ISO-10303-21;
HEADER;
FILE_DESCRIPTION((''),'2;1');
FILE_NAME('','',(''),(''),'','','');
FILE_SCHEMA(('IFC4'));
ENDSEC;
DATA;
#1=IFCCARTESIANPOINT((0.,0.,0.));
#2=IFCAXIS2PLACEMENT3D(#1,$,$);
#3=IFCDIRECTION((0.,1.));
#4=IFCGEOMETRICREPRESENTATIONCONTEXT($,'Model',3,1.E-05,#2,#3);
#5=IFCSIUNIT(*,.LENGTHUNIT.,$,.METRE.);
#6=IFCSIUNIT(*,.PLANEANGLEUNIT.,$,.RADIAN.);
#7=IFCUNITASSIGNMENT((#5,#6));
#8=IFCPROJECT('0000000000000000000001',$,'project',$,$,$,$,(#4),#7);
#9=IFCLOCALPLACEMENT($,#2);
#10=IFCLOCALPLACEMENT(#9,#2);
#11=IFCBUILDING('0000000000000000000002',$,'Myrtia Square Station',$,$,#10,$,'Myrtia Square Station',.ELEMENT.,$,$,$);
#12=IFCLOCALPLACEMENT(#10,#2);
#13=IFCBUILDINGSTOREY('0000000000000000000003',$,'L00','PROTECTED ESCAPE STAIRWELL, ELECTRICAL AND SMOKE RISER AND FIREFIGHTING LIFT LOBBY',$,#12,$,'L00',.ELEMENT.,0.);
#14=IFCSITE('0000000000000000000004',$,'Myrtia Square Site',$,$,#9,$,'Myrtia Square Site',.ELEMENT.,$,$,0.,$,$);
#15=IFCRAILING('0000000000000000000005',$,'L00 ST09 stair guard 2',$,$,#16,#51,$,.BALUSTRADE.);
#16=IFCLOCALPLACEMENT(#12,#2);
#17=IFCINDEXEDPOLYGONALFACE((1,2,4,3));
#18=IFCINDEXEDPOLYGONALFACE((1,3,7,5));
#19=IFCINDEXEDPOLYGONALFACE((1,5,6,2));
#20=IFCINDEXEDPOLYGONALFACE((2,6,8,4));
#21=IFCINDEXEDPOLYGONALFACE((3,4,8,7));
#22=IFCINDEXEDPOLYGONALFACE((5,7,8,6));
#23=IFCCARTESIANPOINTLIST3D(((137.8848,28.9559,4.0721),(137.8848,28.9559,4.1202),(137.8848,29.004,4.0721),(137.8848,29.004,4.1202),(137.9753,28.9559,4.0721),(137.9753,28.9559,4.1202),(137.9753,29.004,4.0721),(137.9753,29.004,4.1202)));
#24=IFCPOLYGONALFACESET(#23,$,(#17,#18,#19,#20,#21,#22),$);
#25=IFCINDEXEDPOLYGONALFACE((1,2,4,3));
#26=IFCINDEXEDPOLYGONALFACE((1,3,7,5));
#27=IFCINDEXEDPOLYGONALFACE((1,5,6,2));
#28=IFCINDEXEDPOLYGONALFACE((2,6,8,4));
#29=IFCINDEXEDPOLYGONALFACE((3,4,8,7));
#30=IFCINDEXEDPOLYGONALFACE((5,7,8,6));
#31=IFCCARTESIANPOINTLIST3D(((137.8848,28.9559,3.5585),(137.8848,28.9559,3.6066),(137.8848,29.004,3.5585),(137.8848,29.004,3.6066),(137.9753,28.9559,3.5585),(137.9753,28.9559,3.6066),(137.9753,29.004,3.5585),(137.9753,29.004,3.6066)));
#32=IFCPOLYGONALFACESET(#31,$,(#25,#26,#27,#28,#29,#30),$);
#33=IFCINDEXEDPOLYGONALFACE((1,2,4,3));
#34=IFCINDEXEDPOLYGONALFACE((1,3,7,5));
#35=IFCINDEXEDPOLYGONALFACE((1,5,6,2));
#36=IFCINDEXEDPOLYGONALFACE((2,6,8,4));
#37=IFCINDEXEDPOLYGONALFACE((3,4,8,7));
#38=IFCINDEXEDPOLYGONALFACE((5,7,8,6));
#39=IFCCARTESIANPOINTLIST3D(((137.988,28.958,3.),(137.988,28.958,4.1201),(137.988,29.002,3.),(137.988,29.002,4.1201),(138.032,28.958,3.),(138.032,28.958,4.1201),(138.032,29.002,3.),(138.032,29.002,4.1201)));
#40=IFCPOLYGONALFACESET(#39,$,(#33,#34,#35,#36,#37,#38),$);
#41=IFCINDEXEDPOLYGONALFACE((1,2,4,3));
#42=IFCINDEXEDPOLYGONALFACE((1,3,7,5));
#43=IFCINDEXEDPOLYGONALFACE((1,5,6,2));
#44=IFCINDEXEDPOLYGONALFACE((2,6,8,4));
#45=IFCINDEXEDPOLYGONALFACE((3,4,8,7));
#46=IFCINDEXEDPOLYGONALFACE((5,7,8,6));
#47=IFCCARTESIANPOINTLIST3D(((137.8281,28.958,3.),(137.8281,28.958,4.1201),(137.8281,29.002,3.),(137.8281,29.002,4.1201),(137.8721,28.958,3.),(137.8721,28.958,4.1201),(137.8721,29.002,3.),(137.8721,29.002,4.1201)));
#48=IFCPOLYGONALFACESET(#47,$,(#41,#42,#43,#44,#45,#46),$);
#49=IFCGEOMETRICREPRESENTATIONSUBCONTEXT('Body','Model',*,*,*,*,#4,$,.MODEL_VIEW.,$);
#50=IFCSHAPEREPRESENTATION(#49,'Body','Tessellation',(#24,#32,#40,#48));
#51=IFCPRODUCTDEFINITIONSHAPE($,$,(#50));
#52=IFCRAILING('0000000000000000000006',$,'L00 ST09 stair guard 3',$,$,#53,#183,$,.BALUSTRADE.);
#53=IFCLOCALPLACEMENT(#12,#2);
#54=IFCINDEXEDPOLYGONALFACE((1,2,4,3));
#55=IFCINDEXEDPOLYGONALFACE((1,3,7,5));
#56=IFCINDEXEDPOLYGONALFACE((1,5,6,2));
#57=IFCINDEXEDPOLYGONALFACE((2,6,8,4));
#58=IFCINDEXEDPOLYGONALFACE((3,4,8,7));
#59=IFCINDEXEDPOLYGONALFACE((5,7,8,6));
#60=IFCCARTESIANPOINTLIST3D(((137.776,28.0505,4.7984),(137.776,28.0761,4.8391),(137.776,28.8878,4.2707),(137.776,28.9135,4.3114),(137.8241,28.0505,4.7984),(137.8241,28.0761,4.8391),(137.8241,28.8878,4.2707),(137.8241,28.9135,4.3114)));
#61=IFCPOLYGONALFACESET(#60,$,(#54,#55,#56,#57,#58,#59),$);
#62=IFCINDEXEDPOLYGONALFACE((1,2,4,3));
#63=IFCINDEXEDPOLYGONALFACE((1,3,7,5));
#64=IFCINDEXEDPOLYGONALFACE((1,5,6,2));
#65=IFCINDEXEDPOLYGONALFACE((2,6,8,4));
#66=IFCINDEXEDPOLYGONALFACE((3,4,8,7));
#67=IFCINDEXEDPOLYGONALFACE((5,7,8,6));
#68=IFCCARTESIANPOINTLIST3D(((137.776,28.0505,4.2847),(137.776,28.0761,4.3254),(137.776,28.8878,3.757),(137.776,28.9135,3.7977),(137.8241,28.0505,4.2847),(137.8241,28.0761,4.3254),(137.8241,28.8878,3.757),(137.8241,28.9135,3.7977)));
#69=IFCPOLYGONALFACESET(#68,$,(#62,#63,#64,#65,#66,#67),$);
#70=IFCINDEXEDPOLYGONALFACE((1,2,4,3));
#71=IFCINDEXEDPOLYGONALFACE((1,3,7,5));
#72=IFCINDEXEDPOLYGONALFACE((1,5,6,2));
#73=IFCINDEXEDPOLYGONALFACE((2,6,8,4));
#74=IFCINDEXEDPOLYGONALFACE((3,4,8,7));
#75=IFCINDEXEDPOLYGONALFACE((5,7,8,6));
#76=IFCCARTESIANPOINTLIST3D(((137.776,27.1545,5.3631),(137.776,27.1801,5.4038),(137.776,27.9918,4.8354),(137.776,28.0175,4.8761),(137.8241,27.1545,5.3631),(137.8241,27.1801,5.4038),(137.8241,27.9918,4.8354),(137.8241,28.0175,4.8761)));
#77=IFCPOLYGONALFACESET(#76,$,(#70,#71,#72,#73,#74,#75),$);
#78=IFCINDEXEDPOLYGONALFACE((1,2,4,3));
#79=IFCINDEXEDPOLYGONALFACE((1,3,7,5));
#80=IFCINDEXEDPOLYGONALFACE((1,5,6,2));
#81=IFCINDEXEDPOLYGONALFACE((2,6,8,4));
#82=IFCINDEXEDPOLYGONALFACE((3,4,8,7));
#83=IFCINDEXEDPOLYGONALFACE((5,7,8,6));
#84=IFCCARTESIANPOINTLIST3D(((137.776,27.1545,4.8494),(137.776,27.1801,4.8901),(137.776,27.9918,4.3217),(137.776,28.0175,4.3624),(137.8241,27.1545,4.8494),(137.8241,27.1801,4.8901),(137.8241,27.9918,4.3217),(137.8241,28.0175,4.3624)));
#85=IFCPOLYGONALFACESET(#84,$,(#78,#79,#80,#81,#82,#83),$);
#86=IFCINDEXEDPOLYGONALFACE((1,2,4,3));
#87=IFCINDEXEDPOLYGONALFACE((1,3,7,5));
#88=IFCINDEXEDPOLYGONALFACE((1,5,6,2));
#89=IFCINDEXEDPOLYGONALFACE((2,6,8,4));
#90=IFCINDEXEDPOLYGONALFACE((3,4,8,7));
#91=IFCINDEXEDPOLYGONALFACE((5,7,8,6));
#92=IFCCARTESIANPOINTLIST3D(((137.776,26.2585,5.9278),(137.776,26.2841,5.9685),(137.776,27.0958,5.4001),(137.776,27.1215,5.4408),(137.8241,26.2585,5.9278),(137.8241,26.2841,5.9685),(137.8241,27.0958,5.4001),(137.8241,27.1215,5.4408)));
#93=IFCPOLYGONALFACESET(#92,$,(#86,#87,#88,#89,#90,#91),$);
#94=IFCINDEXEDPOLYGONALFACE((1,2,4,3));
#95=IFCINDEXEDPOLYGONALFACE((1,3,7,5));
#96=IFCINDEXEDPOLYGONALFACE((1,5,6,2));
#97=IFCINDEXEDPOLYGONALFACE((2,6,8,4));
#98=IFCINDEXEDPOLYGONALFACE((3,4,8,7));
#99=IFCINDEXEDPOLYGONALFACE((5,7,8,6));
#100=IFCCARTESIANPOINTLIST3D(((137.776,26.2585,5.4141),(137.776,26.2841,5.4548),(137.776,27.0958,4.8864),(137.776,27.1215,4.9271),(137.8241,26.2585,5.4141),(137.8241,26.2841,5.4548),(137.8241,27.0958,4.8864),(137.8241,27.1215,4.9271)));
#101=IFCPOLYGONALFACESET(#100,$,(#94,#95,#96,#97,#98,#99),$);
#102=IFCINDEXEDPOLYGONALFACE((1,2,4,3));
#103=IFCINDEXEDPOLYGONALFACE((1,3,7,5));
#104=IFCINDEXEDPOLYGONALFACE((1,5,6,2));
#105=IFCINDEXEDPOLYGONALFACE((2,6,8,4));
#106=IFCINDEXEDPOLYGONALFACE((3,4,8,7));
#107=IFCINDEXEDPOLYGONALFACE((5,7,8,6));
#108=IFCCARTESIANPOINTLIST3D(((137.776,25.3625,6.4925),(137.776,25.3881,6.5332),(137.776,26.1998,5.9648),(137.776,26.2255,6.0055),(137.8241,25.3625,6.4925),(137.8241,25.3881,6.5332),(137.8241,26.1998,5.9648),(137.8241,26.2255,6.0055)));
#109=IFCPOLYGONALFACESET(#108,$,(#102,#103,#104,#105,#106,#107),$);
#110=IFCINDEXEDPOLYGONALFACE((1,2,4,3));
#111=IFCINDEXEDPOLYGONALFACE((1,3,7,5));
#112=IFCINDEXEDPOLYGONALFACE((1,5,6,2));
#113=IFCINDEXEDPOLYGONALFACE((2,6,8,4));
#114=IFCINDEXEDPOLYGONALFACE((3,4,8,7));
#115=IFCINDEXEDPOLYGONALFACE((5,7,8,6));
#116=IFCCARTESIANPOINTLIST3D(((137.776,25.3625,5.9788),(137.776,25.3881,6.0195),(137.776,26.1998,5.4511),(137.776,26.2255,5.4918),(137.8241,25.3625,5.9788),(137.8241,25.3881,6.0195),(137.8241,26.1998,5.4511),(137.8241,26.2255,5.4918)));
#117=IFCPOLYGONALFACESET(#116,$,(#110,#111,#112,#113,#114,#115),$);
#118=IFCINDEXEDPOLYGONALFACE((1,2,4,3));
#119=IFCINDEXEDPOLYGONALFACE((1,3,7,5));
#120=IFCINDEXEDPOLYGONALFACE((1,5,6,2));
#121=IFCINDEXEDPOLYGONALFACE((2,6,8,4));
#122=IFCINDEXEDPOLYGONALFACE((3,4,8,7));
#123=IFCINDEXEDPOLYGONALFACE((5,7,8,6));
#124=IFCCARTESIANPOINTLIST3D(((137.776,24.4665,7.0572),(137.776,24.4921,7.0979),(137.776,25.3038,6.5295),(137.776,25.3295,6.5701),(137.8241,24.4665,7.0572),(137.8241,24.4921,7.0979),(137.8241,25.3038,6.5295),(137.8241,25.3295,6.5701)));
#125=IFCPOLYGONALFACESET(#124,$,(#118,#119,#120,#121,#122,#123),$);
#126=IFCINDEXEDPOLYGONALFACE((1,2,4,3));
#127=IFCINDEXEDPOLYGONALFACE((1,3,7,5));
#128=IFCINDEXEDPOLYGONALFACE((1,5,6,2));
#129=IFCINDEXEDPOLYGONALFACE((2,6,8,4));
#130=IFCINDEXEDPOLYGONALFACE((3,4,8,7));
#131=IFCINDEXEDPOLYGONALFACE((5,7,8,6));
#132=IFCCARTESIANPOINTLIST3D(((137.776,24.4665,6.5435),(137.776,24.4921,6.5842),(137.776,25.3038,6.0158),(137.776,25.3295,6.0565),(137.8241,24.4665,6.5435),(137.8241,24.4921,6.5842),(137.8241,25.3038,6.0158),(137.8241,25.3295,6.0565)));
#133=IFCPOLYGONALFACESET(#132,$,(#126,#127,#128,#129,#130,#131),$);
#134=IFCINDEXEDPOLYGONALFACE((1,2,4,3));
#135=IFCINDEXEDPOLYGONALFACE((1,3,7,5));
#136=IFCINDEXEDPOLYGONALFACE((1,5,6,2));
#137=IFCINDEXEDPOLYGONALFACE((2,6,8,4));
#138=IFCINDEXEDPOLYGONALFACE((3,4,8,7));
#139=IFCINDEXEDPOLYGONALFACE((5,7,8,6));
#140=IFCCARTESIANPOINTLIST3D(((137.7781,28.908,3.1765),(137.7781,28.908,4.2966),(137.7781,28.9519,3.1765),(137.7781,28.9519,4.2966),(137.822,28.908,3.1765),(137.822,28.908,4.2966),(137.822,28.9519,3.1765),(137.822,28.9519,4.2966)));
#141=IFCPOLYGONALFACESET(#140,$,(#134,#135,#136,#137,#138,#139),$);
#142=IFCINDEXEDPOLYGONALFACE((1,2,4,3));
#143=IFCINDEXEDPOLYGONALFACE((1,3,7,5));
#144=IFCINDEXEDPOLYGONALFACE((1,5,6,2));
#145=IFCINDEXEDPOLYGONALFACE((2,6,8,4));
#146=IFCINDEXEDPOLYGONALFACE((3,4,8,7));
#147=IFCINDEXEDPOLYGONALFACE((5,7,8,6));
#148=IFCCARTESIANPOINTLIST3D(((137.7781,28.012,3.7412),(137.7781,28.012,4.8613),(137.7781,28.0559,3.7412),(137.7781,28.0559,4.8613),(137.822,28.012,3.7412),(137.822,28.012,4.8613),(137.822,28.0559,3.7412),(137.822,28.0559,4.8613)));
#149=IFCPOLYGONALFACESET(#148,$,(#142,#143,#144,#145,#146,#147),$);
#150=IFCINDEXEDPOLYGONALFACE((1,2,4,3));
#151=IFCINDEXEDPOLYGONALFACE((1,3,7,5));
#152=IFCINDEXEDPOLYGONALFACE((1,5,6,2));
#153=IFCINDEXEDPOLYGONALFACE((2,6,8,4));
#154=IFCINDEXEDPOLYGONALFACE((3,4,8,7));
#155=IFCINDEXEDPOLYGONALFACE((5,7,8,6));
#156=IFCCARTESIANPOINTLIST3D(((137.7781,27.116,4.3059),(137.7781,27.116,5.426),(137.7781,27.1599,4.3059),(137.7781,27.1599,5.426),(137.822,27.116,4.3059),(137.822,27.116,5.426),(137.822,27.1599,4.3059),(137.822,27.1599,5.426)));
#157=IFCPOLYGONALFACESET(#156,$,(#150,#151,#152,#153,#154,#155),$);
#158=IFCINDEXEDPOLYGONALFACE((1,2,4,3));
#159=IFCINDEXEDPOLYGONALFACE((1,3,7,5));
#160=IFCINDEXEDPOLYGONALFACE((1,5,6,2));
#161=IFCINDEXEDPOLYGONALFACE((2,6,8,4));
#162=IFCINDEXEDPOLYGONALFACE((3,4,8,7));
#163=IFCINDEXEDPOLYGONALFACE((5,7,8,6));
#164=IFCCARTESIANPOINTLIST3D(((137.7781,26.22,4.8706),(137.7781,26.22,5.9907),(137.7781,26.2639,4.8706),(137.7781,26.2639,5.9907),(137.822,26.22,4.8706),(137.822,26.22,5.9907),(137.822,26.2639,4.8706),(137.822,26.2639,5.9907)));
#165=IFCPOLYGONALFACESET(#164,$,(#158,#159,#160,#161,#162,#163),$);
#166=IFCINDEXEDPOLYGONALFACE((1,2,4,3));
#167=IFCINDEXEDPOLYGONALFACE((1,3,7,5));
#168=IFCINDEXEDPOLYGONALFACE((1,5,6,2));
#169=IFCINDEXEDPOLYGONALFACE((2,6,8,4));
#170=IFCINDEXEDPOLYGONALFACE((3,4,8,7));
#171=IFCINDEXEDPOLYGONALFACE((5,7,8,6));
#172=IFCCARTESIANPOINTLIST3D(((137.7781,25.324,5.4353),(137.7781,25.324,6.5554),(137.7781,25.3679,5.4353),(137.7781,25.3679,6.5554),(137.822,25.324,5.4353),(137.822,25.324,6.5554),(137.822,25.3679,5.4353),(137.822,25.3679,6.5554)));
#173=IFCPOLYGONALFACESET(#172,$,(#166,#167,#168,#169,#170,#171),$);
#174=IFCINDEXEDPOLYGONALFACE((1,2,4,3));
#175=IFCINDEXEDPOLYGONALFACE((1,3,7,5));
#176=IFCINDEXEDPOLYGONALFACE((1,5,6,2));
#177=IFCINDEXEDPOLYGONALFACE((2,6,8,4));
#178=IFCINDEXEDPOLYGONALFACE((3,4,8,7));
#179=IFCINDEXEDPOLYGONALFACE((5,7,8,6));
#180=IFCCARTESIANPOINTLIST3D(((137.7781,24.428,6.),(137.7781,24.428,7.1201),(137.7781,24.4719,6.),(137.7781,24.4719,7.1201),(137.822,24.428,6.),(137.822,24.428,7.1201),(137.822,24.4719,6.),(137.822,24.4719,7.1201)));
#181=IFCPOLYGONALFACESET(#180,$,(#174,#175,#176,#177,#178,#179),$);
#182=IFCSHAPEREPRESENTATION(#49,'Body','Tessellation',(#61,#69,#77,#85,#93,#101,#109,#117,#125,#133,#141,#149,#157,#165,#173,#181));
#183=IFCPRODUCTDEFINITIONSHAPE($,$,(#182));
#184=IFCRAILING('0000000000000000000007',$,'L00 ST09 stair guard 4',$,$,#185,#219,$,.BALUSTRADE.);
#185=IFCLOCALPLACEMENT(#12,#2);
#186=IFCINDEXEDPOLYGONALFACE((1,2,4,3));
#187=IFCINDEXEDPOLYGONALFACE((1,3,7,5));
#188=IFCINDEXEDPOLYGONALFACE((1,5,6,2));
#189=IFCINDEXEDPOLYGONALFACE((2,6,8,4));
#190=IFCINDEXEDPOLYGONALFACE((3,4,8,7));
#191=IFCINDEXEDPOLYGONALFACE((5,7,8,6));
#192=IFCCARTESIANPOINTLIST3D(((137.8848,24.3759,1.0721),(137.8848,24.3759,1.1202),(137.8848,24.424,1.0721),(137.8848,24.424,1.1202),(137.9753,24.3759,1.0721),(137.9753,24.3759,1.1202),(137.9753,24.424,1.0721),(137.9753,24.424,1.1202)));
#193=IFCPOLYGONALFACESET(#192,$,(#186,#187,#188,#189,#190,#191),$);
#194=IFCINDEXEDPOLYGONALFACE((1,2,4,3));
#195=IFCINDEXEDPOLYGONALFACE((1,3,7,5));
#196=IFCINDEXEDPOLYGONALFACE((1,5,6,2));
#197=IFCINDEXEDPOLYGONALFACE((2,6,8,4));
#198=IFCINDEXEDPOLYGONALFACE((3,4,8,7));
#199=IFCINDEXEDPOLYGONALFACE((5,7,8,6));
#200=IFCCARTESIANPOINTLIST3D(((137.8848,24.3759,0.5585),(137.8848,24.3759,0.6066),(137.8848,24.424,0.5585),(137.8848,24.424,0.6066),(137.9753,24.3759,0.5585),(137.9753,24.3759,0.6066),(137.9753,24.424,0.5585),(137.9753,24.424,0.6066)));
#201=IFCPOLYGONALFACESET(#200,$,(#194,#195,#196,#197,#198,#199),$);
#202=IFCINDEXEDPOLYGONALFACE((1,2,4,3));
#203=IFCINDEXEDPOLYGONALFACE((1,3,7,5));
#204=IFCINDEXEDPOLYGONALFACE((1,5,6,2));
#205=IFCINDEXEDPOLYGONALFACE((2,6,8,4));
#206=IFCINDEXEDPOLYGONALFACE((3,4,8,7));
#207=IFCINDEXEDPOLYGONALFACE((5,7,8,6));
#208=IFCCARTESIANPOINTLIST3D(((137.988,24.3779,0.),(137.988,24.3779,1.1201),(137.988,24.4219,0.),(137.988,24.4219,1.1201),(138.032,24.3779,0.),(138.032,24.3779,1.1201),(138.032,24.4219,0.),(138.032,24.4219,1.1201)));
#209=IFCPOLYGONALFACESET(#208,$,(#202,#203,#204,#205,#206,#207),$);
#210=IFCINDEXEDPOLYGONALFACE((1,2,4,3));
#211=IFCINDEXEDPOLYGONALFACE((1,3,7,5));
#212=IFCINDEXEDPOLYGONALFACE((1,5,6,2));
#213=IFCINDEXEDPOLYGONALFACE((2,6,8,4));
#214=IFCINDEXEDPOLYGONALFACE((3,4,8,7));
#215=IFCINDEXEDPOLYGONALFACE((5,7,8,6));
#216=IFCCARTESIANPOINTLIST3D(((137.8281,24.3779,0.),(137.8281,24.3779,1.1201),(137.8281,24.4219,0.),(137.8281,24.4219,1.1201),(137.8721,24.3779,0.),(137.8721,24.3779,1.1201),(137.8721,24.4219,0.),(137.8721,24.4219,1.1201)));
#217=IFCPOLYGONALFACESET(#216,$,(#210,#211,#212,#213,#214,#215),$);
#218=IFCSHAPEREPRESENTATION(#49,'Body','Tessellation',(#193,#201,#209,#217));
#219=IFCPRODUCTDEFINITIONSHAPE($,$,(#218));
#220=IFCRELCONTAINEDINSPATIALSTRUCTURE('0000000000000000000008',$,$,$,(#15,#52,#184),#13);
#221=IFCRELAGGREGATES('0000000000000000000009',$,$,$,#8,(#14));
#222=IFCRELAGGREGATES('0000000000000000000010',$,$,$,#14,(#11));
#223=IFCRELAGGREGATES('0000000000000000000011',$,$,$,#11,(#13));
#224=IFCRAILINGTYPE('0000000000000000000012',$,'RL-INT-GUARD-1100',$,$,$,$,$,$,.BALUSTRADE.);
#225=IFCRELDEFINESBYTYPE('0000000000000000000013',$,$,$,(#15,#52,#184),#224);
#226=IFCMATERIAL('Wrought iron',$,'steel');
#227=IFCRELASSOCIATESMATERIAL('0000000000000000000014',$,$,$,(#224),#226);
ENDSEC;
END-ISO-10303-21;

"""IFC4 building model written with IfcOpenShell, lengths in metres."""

from ifc_helpers import new_model, si_unit, direction, frame, origin, origin_2d, place, context, subcontext, project, spatial, rectangle, extrude, material, type_object, element, save


model = new_model("IFC4")

# Units and contexts
model_context = context("Model", 3, precision=1e-05, world=origin(), true_north=direction((0.0, 1.0)))
body_context = subcontext(model_context, "Body", "Model", "MODEL_VIEW")
ifc_project = project(units=[si_unit("LENGTHUNIT", "METRE"), si_unit("PLANEANGLEUNIT", "RADIAN")], contexts=[model_context])

# Site, building, storey
site_placement = place(None, origin())
site = spatial("IfcSite", under=ifc_project, at=site_placement, Name="Myrtia Square Site", LongName="Myrtia Square Site", CompositionType="ELEMENT", RefElevation=0.0)
building_placement = place(site_placement, origin())
building = spatial("IfcBuilding", under=site, at=building_placement, Name="Myrtia Square Station", LongName="Myrtia Square Station", CompositionType="ELEMENT")
storey_placement = place(building_placement, origin())
storey = spatial("IfcBuildingStorey", under=building, at=storey_placement, Name="L00", Description="PROTECTED ESCAPE STAIRWELL, ELECTRICAL AND SMOKE RISER AND FIREFIGHTING LIFT LOBBY", LongName="L00", CompositionType="ELEMENT", Elevation=0.0)

# Railings
ifc_material_1 = material(Name="Wrought iron", Category="steel")
railing_type_1 = type_object("IfcRailingType", Name="RL-INT-GUARD-1100", PredefinedType="BALUSTRADE", material=ifc_material_1)
railing_1_placement = place(storey_placement, frame((138.01, 28.98, 3.0)))
element("IfcRailing", 1, at=railing_1_placement, inside=storey, type_object=railing_type_1, Name="L00 ST09 stair guard 2", PredefinedType="BALUSTRADE", context=body_context, shape_type="SweptSolid", body=[
    extrude(rectangle(XDim=0.0481, YDim=0.0481, at=origin_2d()), frame((-0.0347, 0.0, 1.0962), z_axis=(-1.0, 0.0, 0.0), x_axis=(0.0, -1.0, 0.0)), (0.0, 0.0, 1.0), 0.0906),
    extrude(rectangle(XDim=0.0481, YDim=0.0481, at=origin_2d()), frame((-0.0347, 0.0, 0.5825), z_axis=(-1.0, 0.0, 0.0), x_axis=(0.0, -1.0, 0.0)), (0.0, 0.0, 1.0), 0.0906),
    extrude(rectangle(XDim=0.0439, YDim=0.0439, at=origin_2d()), origin(), (0.0, 0.0, 1.0), 1.1201),
    extrude(rectangle(XDim=0.0439, YDim=0.0439, at=origin_2d()), frame((-0.1599, 0.0, 0.0)), (0.0, 0.0, 1.0), 1.1201),
])
railing_2_placement = place(storey_placement, frame((137.8, 28.9299, 3.1765)))
element("IfcRailing", 2, at=railing_2_placement, inside=storey, type_object=railing_type_1, Name="L00 ST09 stair guard 3", PredefinedType="BALUSTRADE", context=body_context, shape_type="SweptSolid", body=[
    extrude(rectangle(XDim=0.0481, YDim=0.0481, at=origin_2d()), frame((0.0, -0.0293, 1.1145), z_axis=(0.0, -0.845998, 0.533186), x_axis=(1.0, 0.0, 0.0)), (0.0, 0.0, 1.0), 0.9897),
    extrude(rectangle(XDim=0.0481, YDim=0.0481, at=origin_2d()), frame((0.0, -0.0293, 0.6008), z_axis=(0.0, -0.845998, 0.533186), x_axis=(1.0, 0.0, 0.0)), (0.0, 0.0, 1.0), 0.9897),
    extrude(rectangle(XDim=0.0481, YDim=0.0481, at=origin_2d()), frame((0.0, -0.9253, 1.6792), z_axis=(0.0, -0.845998, 0.533186), x_axis=(1.0, 0.0, 0.0)), (0.0, 0.0, 1.0), 0.9897),
    extrude(rectangle(XDim=0.0481, YDim=0.0481, at=origin_2d()), frame((0.0, -0.9253, 1.1655), z_axis=(0.0, -0.845998, 0.533186), x_axis=(1.0, 0.0, 0.0)), (0.0, 0.0, 1.0), 0.9897),
    extrude(rectangle(XDim=0.0481, YDim=0.0481, at=origin_2d()), frame((0.0, -1.8213, 2.2439), z_axis=(0.0, -0.845998, 0.533186), x_axis=(1.0, 0.0, 0.0)), (0.0, 0.0, 1.0), 0.9897),
    extrude(rectangle(XDim=0.0481, YDim=0.0481, at=origin_2d()), frame((0.0, -1.8213, 1.7302), z_axis=(0.0, -0.845998, 0.533186), x_axis=(1.0, 0.0, 0.0)), (0.0, 0.0, 1.0), 0.9897),
    extrude(rectangle(XDim=0.0481, YDim=0.0481, at=origin_2d()), frame((0.0, -2.7173, 2.8086), z_axis=(0.0, -0.845998, 0.533186), x_axis=(1.0, 0.0, 0.0)), (0.0, 0.0, 1.0), 0.9897),
    extrude(rectangle(XDim=0.0481, YDim=0.0481, at=origin_2d()), frame((0.0, -2.7173, 2.2949), z_axis=(0.0, -0.845998, 0.533186), x_axis=(1.0, 0.0, 0.0)), (0.0, 0.0, 1.0), 0.9897),
    extrude(rectangle(XDim=0.0481, YDim=0.0481, at=origin_2d()), frame((0.0, -3.6133, 3.3733), z_axis=(0.0, -0.845998, 0.533186), x_axis=(1.0, 0.0, 0.0)), (0.0, 0.0, 1.0), 0.9897),
    extrude(rectangle(XDim=0.0481, YDim=0.0481, at=origin_2d()), frame((0.0, -3.6133, 2.8596), z_axis=(0.0, -0.845998, 0.533186), x_axis=(1.0, 0.0, 0.0)), (0.0, 0.0, 1.0), 0.9897),
    extrude(rectangle(XDim=0.0439, YDim=0.0439, at=origin_2d()), origin(), (0.0, 0.0, 1.0), 1.1201),
    extrude(rectangle(XDim=0.0439, YDim=0.0439, at=origin_2d()), frame((0.0, -0.896, 0.5647)), (0.0, 0.0, 1.0), 1.1201),
    extrude(rectangle(XDim=0.0439, YDim=0.0439, at=origin_2d()), frame((0.0, -1.792, 1.1294)), (0.0, 0.0, 1.0), 1.1201),
    extrude(rectangle(XDim=0.0439, YDim=0.0439, at=origin_2d()), frame((0.0, -2.688, 1.6941)), (0.0, 0.0, 1.0), 1.1201),
    extrude(rectangle(XDim=0.0439, YDim=0.0439, at=origin_2d()), frame((0.0, -3.584, 2.2588)), (0.0, 0.0, 1.0), 1.1201),
    extrude(rectangle(XDim=0.0439, YDim=0.0439, at=origin_2d()), frame((0.0, -4.48, 2.8235)), (0.0, 0.0, 1.0), 1.1201),
])
railing_3_placement = place(storey_placement, frame((138.01, 24.3999, 0.0)))
element("IfcRailing", 3, at=railing_3_placement, inside=storey, type_object=railing_type_1, Name="L00 ST09 stair guard 4", PredefinedType="BALUSTRADE", context=body_context, shape_type="SweptSolid", body=[
    extrude(rectangle(XDim=0.0481, YDim=0.0481, at=origin_2d()), frame((-0.0347, 0.0, 1.0962), z_axis=(-1.0, 0.0, 0.0), x_axis=(0.0, -1.0, 0.0)), (0.0, 0.0, 1.0), 0.0906),
    extrude(rectangle(XDim=0.0481, YDim=0.0481, at=origin_2d()), frame((-0.0347, 0.0, 0.5825), z_axis=(-1.0, 0.0, 0.0), x_axis=(0.0, -1.0, 0.0)), (0.0, 0.0, 1.0), 0.0906),
    extrude(rectangle(XDim=0.0439, YDim=0.0439, at=origin_2d()), origin(), (0.0, 0.0, 1.0), 1.1201),
    extrude(rectangle(XDim=0.0439, YDim=0.0439, at=origin_2d()), frame((-0.1599, 0.0, 0.0)), (0.0, 0.0, 1.0), 1.1201),
])

save(model, "model.ifc")
